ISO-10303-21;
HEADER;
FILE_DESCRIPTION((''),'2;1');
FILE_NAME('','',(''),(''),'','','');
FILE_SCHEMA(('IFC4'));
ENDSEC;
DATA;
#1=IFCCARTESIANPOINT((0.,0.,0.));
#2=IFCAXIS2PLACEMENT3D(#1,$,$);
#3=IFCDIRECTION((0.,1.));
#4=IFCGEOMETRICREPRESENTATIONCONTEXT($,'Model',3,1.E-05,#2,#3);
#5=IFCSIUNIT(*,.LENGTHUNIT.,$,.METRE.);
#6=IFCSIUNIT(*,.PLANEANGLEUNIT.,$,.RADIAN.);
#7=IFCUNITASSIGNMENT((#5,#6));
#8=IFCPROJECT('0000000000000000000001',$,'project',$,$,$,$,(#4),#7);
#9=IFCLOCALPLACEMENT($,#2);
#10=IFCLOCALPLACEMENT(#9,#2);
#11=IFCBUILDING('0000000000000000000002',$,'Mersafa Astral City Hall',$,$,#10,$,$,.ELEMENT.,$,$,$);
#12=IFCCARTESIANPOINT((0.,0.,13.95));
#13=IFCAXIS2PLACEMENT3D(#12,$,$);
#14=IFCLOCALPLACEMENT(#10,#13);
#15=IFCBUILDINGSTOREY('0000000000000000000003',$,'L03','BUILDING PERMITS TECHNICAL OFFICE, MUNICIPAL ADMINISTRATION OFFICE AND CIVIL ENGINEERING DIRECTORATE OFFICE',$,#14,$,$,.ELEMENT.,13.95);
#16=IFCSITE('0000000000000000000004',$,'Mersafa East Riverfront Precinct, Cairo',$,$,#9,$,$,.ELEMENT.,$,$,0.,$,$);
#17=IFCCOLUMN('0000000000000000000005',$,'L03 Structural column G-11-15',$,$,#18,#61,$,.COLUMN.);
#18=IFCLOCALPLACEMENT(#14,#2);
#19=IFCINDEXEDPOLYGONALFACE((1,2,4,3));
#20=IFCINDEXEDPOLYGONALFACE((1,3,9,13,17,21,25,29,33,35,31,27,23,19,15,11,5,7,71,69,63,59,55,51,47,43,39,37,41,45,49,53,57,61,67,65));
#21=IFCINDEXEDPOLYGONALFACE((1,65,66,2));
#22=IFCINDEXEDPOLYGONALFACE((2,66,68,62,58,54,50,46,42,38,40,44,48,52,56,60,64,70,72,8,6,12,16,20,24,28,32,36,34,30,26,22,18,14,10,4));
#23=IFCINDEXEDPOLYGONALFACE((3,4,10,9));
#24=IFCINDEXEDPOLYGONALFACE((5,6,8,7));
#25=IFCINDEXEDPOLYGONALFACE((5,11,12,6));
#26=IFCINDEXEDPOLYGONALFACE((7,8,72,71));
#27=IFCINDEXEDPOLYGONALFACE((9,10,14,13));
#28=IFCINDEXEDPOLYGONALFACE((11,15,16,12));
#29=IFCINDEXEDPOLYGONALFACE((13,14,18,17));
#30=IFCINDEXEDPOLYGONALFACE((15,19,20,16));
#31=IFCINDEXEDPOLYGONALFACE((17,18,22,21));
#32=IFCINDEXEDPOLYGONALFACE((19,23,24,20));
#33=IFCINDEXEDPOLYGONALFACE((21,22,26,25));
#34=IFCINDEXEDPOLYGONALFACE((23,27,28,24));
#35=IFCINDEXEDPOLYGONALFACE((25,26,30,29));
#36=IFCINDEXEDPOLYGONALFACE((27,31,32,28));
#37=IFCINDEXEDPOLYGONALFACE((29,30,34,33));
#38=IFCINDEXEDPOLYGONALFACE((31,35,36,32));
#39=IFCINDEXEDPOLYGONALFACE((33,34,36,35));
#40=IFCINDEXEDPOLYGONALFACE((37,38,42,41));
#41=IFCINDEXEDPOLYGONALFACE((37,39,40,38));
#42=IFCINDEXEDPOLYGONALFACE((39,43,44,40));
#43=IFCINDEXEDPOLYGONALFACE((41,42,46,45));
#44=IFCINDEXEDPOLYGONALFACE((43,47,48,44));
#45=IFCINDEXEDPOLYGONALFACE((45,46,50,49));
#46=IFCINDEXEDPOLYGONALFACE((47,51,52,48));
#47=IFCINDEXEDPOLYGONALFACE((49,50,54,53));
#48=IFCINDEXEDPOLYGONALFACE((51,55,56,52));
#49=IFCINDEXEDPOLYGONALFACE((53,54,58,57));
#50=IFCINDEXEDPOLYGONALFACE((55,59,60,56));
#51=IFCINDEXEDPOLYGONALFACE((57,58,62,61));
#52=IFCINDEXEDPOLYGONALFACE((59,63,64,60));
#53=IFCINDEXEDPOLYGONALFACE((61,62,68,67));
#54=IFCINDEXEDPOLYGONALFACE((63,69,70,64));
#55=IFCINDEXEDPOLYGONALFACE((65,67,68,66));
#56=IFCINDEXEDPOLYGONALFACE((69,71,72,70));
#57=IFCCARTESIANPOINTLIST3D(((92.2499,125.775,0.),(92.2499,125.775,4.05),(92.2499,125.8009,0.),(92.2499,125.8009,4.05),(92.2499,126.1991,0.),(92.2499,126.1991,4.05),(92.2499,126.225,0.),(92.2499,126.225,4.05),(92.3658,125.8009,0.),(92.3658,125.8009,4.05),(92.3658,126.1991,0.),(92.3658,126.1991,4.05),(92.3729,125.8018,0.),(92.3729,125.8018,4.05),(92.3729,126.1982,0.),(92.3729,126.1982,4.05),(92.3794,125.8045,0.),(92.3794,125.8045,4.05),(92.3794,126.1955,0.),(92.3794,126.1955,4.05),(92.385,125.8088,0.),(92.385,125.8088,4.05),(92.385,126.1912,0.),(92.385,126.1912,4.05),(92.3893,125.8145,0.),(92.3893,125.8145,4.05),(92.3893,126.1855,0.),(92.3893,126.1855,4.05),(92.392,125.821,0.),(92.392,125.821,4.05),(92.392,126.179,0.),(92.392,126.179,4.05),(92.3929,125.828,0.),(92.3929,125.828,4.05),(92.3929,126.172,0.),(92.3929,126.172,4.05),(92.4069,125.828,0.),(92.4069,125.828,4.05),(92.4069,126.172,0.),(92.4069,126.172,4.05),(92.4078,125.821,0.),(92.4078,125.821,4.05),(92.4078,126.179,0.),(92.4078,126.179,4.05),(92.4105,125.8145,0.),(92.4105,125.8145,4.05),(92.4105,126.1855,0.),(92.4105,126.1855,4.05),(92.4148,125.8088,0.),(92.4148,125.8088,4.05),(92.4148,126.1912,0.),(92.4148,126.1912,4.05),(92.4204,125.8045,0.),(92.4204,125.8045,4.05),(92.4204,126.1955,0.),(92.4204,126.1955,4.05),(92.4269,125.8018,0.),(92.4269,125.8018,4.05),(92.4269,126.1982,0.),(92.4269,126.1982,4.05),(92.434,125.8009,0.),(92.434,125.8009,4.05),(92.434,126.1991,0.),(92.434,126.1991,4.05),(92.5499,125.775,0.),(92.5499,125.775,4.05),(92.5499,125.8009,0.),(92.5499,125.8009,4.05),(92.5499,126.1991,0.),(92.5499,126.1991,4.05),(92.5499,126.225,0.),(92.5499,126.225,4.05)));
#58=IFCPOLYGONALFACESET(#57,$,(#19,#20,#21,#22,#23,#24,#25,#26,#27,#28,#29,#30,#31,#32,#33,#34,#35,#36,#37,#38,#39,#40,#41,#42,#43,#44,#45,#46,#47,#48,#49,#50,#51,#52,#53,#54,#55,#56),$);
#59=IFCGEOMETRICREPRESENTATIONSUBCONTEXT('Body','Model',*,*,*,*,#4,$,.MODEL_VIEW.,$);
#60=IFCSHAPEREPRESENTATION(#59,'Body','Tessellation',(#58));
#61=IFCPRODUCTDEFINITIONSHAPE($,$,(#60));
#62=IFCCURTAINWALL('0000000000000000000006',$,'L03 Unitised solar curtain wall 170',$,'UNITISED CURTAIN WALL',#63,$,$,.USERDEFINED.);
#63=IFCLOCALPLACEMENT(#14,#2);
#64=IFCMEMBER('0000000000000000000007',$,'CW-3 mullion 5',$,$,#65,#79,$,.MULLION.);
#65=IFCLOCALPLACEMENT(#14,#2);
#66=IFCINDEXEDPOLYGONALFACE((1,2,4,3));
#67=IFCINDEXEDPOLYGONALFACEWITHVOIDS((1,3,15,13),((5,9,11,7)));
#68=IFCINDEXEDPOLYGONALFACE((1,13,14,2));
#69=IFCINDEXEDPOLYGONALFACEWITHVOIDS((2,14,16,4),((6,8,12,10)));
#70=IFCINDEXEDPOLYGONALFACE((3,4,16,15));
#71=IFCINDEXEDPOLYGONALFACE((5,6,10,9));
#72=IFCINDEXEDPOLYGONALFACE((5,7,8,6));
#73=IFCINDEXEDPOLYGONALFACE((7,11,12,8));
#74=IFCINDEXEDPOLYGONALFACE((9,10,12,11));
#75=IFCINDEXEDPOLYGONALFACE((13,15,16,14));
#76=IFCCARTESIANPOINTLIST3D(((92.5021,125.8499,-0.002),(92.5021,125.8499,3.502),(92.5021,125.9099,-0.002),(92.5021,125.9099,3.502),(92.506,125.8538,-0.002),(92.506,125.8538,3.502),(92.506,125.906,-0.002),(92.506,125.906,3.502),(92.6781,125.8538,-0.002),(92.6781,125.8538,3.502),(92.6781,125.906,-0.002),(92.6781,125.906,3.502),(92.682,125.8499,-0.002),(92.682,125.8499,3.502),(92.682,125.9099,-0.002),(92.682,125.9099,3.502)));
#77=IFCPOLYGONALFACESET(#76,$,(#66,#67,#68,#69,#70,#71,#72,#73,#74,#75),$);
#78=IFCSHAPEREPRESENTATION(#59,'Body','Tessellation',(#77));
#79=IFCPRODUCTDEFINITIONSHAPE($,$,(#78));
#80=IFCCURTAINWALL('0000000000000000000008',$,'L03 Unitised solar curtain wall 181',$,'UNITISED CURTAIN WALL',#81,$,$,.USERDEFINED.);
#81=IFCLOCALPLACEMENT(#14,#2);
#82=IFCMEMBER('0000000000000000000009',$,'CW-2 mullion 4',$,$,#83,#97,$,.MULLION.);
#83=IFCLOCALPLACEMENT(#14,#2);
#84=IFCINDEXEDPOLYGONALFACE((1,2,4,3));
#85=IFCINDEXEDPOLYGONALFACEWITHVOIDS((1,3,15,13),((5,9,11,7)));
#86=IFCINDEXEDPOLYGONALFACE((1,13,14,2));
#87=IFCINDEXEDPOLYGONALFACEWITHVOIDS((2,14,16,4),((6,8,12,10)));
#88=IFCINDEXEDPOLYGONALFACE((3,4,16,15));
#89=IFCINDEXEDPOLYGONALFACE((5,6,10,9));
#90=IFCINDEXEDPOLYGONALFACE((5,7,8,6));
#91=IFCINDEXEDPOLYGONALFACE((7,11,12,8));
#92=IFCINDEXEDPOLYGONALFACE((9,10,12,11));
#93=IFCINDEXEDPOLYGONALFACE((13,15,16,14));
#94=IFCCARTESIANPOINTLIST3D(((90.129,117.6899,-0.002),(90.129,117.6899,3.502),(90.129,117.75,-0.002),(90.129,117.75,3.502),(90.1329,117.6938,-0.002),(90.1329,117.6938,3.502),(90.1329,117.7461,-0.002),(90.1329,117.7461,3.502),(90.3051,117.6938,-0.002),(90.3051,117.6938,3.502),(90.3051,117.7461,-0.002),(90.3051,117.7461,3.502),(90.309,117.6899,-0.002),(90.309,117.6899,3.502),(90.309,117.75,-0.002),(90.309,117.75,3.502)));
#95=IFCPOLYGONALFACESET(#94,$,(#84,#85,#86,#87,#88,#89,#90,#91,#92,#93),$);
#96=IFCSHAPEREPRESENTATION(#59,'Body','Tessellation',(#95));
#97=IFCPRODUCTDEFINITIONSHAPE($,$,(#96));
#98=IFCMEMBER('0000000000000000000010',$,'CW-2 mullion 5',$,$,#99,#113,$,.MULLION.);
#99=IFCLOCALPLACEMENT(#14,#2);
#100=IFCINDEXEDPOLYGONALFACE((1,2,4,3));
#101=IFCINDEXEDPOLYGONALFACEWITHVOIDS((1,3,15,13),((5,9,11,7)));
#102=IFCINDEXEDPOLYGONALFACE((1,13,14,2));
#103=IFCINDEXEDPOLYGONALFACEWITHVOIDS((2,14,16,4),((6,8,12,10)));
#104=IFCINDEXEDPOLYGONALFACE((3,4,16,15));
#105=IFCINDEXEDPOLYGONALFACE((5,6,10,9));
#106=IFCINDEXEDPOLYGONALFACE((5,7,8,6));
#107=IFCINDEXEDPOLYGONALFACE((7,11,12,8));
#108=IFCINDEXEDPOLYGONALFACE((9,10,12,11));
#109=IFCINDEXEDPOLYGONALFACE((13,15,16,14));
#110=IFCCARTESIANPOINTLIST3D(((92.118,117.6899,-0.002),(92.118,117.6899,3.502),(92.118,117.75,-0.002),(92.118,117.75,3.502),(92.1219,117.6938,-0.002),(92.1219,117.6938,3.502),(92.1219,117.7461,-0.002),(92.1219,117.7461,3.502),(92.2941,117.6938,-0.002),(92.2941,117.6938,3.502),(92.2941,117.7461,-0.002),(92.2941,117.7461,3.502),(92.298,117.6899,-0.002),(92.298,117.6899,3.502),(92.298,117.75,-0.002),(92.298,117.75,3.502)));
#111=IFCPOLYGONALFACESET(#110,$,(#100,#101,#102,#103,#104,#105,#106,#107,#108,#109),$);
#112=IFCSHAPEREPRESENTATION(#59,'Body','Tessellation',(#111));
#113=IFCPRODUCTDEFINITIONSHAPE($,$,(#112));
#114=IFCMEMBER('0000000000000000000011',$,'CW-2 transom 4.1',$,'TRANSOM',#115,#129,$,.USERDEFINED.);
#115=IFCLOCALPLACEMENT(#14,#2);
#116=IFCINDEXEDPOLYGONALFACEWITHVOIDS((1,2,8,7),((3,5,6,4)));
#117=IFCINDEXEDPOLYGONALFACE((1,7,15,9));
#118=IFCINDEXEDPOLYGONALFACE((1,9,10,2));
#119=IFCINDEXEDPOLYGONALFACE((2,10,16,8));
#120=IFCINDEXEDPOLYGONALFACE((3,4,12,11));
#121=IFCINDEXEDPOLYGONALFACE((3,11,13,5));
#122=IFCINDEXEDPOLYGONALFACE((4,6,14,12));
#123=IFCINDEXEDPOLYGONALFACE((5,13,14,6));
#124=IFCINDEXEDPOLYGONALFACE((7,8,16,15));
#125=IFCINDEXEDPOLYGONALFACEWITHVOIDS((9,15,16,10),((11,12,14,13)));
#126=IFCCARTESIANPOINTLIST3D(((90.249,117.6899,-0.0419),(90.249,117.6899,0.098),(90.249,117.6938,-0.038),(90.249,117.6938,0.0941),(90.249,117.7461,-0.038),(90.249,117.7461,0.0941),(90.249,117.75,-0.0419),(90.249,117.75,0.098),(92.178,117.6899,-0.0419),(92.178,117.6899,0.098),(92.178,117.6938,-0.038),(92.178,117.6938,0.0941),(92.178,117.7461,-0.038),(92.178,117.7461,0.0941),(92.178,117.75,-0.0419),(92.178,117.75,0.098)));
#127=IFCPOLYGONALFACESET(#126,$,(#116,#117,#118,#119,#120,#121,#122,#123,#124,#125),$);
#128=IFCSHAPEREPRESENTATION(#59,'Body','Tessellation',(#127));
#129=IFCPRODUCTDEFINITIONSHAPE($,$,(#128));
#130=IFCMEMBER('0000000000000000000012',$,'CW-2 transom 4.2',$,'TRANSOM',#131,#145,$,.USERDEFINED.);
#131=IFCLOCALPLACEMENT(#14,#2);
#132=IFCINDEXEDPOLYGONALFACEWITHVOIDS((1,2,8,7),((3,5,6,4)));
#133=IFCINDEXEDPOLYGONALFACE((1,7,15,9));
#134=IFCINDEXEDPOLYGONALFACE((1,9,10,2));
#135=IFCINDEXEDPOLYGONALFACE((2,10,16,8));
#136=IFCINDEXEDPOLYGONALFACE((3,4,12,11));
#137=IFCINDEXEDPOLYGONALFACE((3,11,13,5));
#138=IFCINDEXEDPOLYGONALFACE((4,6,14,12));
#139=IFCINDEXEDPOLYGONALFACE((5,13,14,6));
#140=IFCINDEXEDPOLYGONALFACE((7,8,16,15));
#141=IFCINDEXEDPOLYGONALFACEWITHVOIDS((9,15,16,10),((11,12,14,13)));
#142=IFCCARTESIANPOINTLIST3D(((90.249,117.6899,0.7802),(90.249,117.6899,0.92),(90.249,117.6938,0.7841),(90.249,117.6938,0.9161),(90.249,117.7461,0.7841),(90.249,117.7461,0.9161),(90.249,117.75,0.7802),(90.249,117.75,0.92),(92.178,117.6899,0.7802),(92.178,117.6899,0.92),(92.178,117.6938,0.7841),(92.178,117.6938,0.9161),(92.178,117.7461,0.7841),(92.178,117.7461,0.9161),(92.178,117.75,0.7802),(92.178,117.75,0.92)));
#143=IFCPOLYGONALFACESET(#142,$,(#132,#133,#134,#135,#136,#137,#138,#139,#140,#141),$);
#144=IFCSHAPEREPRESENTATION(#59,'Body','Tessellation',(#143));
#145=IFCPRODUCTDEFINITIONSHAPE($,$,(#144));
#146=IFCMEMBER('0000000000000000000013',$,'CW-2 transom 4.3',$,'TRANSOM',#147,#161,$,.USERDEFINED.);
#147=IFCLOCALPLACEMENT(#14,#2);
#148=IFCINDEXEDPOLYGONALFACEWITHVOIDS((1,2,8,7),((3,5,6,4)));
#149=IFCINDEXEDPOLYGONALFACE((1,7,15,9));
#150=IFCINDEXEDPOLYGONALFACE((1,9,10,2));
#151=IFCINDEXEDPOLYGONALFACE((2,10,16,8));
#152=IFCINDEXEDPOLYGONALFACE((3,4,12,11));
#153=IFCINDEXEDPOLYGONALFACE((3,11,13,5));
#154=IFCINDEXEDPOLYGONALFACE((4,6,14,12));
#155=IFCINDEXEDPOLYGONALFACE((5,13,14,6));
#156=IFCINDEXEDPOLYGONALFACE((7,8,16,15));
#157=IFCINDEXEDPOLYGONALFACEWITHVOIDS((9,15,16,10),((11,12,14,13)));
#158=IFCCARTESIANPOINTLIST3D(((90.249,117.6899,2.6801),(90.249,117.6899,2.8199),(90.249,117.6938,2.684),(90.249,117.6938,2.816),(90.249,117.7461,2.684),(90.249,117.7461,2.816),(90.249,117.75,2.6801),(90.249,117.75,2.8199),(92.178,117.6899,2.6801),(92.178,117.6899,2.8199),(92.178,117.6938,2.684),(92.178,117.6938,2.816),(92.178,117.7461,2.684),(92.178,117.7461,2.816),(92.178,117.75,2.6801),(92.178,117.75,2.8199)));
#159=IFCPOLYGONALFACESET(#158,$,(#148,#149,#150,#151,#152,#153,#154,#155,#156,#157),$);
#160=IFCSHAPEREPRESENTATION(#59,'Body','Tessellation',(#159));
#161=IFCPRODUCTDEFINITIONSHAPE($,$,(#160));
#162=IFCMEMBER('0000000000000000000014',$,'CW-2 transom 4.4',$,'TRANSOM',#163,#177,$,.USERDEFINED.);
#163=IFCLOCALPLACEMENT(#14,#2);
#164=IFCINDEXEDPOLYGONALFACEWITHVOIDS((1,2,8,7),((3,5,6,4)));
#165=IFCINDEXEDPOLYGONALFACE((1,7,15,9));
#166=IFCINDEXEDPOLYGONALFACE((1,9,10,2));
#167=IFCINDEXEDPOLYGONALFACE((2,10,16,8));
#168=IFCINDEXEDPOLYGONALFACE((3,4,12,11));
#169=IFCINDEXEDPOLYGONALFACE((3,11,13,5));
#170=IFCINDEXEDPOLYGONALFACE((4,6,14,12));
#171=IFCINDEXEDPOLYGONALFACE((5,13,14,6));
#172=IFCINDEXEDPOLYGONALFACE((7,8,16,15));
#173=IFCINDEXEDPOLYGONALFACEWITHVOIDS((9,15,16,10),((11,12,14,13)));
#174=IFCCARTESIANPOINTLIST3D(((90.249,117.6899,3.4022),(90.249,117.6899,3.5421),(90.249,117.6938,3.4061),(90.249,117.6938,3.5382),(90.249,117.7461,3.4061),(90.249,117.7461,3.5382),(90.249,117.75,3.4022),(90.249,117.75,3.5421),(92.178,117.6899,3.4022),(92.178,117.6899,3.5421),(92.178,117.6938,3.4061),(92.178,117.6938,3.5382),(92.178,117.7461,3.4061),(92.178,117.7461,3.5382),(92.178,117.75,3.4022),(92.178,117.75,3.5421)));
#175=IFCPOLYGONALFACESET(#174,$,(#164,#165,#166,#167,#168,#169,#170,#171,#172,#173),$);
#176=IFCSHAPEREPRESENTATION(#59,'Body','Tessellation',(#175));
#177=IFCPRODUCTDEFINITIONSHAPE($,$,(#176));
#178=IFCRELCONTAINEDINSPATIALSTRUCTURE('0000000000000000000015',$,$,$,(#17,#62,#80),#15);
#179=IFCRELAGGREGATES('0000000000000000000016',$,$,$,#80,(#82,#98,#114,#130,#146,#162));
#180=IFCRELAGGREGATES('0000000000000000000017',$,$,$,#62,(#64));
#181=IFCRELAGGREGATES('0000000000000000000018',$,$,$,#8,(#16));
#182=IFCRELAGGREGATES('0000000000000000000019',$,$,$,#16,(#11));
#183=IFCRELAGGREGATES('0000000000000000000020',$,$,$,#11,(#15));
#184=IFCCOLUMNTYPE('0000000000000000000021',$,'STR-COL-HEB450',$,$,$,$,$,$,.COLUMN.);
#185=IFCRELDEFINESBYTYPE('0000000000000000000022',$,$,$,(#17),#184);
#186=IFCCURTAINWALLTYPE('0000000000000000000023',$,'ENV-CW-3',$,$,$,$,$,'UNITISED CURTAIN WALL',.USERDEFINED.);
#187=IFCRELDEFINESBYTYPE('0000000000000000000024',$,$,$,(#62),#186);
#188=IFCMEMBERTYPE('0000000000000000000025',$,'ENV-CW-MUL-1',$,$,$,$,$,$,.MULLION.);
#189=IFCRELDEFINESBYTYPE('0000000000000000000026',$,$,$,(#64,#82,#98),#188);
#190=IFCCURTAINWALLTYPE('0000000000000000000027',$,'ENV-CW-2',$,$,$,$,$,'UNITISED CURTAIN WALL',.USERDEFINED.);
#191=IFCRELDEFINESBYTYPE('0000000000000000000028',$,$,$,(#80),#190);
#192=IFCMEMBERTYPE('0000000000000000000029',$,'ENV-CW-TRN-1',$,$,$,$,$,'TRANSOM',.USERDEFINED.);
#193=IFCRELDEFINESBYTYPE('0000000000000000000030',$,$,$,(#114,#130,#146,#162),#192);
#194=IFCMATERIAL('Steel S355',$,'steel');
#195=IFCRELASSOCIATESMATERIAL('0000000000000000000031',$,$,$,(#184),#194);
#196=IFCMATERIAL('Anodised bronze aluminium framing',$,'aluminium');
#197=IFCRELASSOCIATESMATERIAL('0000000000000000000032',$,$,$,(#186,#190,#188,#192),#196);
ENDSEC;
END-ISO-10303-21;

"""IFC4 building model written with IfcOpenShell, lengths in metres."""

from ifc_helpers import new_model, si_unit, direction, frame, origin, origin_2d, place, context, subcontext, project, spatial, hollow_rectangle, i_section, extrude, material, material_profile, profile_set, type_object, element, aggregate, save


model = new_model("IFC4")

# Units and contexts
model_context = context("Model", 3, precision=1e-05, world=origin(), true_north=direction((0.0, 1.0)))
body_context = subcontext(model_context, "Body", "Model", "MODEL_VIEW")
ifc_project = project(units=[si_unit("LENGTHUNIT", "METRE"), si_unit("PLANEANGLEUNIT", "RADIAN")], contexts=[model_context])

# Site, building, storey
site_placement = place(None, origin())
site = spatial("IfcSite", under=ifc_project, at=site_placement, Name="Mersafa East Riverfront Precinct, Cairo", CompositionType="ELEMENT", RefElevation=0.0)
building_placement = place(site_placement, origin())
building = spatial("IfcBuilding", under=site, at=building_placement, Name="Mersafa Astral City Hall", CompositionType="ELEMENT")
storey_placement = place(building_placement, frame((0.0, 0.0, 13.95)))
storey = spatial("IfcBuildingStorey", under=building, at=storey_placement, Name="L03", Description="BUILDING PERMITS TECHNICAL OFFICE, MUNICIPAL ADMINISTRATION OFFICE AND CIVIL ENGINEERING DIRECTORATE OFFICE", CompositionType="ELEMENT", Elevation=13.95)

# Column
ifc_material_1 = material(Name="Steel S355", Category="steel")
ifc_material_profile_1 = material_profile(ifc_material_1, i_section(OverallWidth=0.3, OverallDepth=0.45, WebThickness=0.0139, FlangeThickness=0.0259, FilletRadius=0.0271, at=origin_2d()), Name="HEB 450")
ifc_profile_set_1 = profile_set([ifc_material_profile_1], Name="Steel S355")
column_type = type_object("IfcColumnType", Name="STR-COL-HEB450", PredefinedType="COLUMN", material=ifc_profile_set_1)
column_placement = place(storey_placement, frame((92.3999, 126.0, 0.0), z_axis=(0.0, 0.0, 1.0), x_axis=(1.0, 0.0, 0.0)))
element("IfcColumn", 1, at=column_placement, inside=storey, type_object=column_type, Name="L03 Structural column G-11-15", PredefinedType="COLUMN", context=body_context, shape_type="SweptSolid", body=[
    extrude(i_section(OverallWidth=0.3, OverallDepth=0.45, WebThickness=0.0139, FlangeThickness=0.0259, FilletRadius=0.0271, at=origin_2d()), origin(), (0.0, 0.0, 1.0), 4.05),
])

# Curtain wall, member
ifc_material_2 = material(Name="Anodised bronze aluminium framing", Category="aluminium")
curtain_wall_type_1 = type_object("IfcCurtainWallType", Name="ENV-CW-3", ElementType="UNITISED CURTAIN WALL", PredefinedType="USERDEFINED", material=ifc_material_2)
curtain_wall_1_placement = place(storey_placement, origin())
curtain_wall_1 = element("IfcCurtainWall", 2, at=curtain_wall_1_placement, inside=storey, type_object=curtain_wall_type_1, Name="L03 Unitised solar curtain wall 170", ObjectType="UNITISED CURTAIN WALL", PredefinedType="USERDEFINED")
ifc_material_profile_2 = material_profile(ifc_material_2, hollow_rectangle(XDim=0.0601, YDim=0.1799, WallThickness=0.0039, at=origin_2d()), Name="RHS 60x180x4")
ifc_profile_set_2 = profile_set([ifc_material_profile_2], Name="Anodised bronze aluminium framing")
member_type_1 = type_object("IfcMemberType", Name="ENV-CW-MUL-1", PredefinedType="MULLION", material=ifc_profile_set_2)
member_1_placement = place(storey_placement, frame((92.592, 125.8799, -0.002), z_axis=(0.0, 0.0, 1.0), x_axis=(0.0, -1.0, 0.0)))
member_1 = element("IfcMember", 3, at=member_1_placement, type_object=member_type_1, Name="CW-3 mullion 5", PredefinedType="MULLION", context=body_context, shape_type="SweptSolid", body=[
    extrude(hollow_rectangle(XDim=0.0601, YDim=0.1799, WallThickness=0.0039, at=origin_2d()), origin(), (0.0, 0.0, 1.0), 3.5039),
])

# Curtain wall, members
curtain_wall_type_2 = type_object("IfcCurtainWallType", Name="ENV-CW-2", ElementType="UNITISED CURTAIN WALL", PredefinedType="USERDEFINED", material=ifc_material_2)
curtain_wall_2_placement = place(storey_placement, origin())
curtain_wall_2 = element("IfcCurtainWall", 4, at=curtain_wall_2_placement, inside=storey, type_object=curtain_wall_type_2, Name="L03 Unitised solar curtain wall 181", ObjectType="UNITISED CURTAIN WALL", PredefinedType="USERDEFINED")
member_2_placement = place(storey_placement, frame((90.219, 117.72, -0.002), z_axis=(0.0, 0.0, 1.0), x_axis=(0.0, 1.0, 0.0)))
member_2 = element("IfcMember", 5, at=member_2_placement, type_object=member_type_1, Name="CW-2 mullion 4", PredefinedType="MULLION", context=body_context, shape_type="SweptSolid", body=[
    extrude(hollow_rectangle(XDim=0.0601, YDim=0.1799, WallThickness=0.0039, at=origin_2d()), origin(), (0.0, 0.0, 1.0), 3.5039),
])
member_3_placement = place(storey_placement, frame((92.208, 117.72, -0.002), z_axis=(0.0, 0.0, 1.0), x_axis=(0.0, 1.0, 0.0)))
member_3 = element("IfcMember", 6, at=member_3_placement, type_object=member_type_1, Name="CW-2 mullion 5", PredefinedType="MULLION", context=body_context, shape_type="SweptSolid", body=[
    extrude(hollow_rectangle(XDim=0.0601, YDim=0.1799, WallThickness=0.0039, at=origin_2d()), origin(), (0.0, 0.0, 1.0), 3.5039),
])
ifc_material_profile_3 = material_profile(ifc_material_2, hollow_rectangle(XDim=0.0601, YDim=0.1399, WallThickness=0.0039, at=origin_2d()), Name="RHS 60x140x4")
ifc_profile_set_3 = profile_set([ifc_material_profile_3], Name="Anodised bronze aluminium framing")
member_type_2 = type_object("IfcMemberType", Name="ENV-CW-TRN-1", ElementType="TRANSOM", PredefinedType="USERDEFINED", material=ifc_profile_set_3)
member_4_placement = place(storey_placement, frame((90.249, 117.72, 0.0281), z_axis=(1.0, 0.0, 0.0), x_axis=(0.0, 1.0, 0.0)))
member_4 = element("IfcMember", 7, at=member_4_placement, type_object=member_type_2, Name="CW-2 transom 4.1", ObjectType="TRANSOM", PredefinedType="USERDEFINED", context=body_context, shape_type="SweptSolid", body=[
    extrude(hollow_rectangle(XDim=0.0601, YDim=0.1399, WallThickness=0.0039, at=origin_2d()), origin(), (0.0, 0.0, 1.0), 1.929),
])
member_5_placement = place(storey_placement, frame((90.249, 117.72, 0.8501), z_axis=(1.0, 0.0, 0.0), x_axis=(0.0, 1.0, 0.0)))
member_5 = element("IfcMember", 8, at=member_5_placement, type_object=member_type_2, Name="CW-2 transom 4.2", ObjectType="TRANSOM", PredefinedType="USERDEFINED", context=body_context, shape_type="SweptSolid", body=[
    extrude(hollow_rectangle(XDim=0.0601, YDim=0.1399, WallThickness=0.0039, at=origin_2d()), origin(), (0.0, 0.0, 1.0), 1.929),
])
member_6_placement = place(storey_placement, frame((90.249, 117.72, 2.75), z_axis=(1.0, 0.0, 0.0), x_axis=(0.0, 1.0, 0.0)))
member_6 = element("IfcMember", 9, at=member_6_placement, type_object=member_type_2, Name="CW-2 transom 4.3", ObjectType="TRANSOM", PredefinedType="USERDEFINED", context=body_context, shape_type="SweptSolid", body=[
    extrude(hollow_rectangle(XDim=0.0601, YDim=0.1399, WallThickness=0.0039, at=origin_2d()), origin(), (0.0, 0.0, 1.0), 1.929),
])
member_7_placement = place(storey_placement, frame((90.249, 117.72, 3.4722), z_axis=(1.0, 0.0, 0.0), x_axis=(0.0, 1.0, 0.0)))
member_7 = element("IfcMember", 10, at=member_7_placement, type_object=member_type_2, Name="CW-2 transom 4.4", ObjectType="TRANSOM", PredefinedType="USERDEFINED", context=body_context, shape_type="SweptSolid", body=[
    extrude(hollow_rectangle(XDim=0.0601, YDim=0.1399, WallThickness=0.0039, at=origin_2d()), origin(), (0.0, 0.0, 1.0), 1.929),
])

aggregate(curtain_wall_2, [member_2, member_3, member_4, member_5, member_6, member_7])
aggregate(curtain_wall_1, [member_1])

save(model, "model.ifc")
